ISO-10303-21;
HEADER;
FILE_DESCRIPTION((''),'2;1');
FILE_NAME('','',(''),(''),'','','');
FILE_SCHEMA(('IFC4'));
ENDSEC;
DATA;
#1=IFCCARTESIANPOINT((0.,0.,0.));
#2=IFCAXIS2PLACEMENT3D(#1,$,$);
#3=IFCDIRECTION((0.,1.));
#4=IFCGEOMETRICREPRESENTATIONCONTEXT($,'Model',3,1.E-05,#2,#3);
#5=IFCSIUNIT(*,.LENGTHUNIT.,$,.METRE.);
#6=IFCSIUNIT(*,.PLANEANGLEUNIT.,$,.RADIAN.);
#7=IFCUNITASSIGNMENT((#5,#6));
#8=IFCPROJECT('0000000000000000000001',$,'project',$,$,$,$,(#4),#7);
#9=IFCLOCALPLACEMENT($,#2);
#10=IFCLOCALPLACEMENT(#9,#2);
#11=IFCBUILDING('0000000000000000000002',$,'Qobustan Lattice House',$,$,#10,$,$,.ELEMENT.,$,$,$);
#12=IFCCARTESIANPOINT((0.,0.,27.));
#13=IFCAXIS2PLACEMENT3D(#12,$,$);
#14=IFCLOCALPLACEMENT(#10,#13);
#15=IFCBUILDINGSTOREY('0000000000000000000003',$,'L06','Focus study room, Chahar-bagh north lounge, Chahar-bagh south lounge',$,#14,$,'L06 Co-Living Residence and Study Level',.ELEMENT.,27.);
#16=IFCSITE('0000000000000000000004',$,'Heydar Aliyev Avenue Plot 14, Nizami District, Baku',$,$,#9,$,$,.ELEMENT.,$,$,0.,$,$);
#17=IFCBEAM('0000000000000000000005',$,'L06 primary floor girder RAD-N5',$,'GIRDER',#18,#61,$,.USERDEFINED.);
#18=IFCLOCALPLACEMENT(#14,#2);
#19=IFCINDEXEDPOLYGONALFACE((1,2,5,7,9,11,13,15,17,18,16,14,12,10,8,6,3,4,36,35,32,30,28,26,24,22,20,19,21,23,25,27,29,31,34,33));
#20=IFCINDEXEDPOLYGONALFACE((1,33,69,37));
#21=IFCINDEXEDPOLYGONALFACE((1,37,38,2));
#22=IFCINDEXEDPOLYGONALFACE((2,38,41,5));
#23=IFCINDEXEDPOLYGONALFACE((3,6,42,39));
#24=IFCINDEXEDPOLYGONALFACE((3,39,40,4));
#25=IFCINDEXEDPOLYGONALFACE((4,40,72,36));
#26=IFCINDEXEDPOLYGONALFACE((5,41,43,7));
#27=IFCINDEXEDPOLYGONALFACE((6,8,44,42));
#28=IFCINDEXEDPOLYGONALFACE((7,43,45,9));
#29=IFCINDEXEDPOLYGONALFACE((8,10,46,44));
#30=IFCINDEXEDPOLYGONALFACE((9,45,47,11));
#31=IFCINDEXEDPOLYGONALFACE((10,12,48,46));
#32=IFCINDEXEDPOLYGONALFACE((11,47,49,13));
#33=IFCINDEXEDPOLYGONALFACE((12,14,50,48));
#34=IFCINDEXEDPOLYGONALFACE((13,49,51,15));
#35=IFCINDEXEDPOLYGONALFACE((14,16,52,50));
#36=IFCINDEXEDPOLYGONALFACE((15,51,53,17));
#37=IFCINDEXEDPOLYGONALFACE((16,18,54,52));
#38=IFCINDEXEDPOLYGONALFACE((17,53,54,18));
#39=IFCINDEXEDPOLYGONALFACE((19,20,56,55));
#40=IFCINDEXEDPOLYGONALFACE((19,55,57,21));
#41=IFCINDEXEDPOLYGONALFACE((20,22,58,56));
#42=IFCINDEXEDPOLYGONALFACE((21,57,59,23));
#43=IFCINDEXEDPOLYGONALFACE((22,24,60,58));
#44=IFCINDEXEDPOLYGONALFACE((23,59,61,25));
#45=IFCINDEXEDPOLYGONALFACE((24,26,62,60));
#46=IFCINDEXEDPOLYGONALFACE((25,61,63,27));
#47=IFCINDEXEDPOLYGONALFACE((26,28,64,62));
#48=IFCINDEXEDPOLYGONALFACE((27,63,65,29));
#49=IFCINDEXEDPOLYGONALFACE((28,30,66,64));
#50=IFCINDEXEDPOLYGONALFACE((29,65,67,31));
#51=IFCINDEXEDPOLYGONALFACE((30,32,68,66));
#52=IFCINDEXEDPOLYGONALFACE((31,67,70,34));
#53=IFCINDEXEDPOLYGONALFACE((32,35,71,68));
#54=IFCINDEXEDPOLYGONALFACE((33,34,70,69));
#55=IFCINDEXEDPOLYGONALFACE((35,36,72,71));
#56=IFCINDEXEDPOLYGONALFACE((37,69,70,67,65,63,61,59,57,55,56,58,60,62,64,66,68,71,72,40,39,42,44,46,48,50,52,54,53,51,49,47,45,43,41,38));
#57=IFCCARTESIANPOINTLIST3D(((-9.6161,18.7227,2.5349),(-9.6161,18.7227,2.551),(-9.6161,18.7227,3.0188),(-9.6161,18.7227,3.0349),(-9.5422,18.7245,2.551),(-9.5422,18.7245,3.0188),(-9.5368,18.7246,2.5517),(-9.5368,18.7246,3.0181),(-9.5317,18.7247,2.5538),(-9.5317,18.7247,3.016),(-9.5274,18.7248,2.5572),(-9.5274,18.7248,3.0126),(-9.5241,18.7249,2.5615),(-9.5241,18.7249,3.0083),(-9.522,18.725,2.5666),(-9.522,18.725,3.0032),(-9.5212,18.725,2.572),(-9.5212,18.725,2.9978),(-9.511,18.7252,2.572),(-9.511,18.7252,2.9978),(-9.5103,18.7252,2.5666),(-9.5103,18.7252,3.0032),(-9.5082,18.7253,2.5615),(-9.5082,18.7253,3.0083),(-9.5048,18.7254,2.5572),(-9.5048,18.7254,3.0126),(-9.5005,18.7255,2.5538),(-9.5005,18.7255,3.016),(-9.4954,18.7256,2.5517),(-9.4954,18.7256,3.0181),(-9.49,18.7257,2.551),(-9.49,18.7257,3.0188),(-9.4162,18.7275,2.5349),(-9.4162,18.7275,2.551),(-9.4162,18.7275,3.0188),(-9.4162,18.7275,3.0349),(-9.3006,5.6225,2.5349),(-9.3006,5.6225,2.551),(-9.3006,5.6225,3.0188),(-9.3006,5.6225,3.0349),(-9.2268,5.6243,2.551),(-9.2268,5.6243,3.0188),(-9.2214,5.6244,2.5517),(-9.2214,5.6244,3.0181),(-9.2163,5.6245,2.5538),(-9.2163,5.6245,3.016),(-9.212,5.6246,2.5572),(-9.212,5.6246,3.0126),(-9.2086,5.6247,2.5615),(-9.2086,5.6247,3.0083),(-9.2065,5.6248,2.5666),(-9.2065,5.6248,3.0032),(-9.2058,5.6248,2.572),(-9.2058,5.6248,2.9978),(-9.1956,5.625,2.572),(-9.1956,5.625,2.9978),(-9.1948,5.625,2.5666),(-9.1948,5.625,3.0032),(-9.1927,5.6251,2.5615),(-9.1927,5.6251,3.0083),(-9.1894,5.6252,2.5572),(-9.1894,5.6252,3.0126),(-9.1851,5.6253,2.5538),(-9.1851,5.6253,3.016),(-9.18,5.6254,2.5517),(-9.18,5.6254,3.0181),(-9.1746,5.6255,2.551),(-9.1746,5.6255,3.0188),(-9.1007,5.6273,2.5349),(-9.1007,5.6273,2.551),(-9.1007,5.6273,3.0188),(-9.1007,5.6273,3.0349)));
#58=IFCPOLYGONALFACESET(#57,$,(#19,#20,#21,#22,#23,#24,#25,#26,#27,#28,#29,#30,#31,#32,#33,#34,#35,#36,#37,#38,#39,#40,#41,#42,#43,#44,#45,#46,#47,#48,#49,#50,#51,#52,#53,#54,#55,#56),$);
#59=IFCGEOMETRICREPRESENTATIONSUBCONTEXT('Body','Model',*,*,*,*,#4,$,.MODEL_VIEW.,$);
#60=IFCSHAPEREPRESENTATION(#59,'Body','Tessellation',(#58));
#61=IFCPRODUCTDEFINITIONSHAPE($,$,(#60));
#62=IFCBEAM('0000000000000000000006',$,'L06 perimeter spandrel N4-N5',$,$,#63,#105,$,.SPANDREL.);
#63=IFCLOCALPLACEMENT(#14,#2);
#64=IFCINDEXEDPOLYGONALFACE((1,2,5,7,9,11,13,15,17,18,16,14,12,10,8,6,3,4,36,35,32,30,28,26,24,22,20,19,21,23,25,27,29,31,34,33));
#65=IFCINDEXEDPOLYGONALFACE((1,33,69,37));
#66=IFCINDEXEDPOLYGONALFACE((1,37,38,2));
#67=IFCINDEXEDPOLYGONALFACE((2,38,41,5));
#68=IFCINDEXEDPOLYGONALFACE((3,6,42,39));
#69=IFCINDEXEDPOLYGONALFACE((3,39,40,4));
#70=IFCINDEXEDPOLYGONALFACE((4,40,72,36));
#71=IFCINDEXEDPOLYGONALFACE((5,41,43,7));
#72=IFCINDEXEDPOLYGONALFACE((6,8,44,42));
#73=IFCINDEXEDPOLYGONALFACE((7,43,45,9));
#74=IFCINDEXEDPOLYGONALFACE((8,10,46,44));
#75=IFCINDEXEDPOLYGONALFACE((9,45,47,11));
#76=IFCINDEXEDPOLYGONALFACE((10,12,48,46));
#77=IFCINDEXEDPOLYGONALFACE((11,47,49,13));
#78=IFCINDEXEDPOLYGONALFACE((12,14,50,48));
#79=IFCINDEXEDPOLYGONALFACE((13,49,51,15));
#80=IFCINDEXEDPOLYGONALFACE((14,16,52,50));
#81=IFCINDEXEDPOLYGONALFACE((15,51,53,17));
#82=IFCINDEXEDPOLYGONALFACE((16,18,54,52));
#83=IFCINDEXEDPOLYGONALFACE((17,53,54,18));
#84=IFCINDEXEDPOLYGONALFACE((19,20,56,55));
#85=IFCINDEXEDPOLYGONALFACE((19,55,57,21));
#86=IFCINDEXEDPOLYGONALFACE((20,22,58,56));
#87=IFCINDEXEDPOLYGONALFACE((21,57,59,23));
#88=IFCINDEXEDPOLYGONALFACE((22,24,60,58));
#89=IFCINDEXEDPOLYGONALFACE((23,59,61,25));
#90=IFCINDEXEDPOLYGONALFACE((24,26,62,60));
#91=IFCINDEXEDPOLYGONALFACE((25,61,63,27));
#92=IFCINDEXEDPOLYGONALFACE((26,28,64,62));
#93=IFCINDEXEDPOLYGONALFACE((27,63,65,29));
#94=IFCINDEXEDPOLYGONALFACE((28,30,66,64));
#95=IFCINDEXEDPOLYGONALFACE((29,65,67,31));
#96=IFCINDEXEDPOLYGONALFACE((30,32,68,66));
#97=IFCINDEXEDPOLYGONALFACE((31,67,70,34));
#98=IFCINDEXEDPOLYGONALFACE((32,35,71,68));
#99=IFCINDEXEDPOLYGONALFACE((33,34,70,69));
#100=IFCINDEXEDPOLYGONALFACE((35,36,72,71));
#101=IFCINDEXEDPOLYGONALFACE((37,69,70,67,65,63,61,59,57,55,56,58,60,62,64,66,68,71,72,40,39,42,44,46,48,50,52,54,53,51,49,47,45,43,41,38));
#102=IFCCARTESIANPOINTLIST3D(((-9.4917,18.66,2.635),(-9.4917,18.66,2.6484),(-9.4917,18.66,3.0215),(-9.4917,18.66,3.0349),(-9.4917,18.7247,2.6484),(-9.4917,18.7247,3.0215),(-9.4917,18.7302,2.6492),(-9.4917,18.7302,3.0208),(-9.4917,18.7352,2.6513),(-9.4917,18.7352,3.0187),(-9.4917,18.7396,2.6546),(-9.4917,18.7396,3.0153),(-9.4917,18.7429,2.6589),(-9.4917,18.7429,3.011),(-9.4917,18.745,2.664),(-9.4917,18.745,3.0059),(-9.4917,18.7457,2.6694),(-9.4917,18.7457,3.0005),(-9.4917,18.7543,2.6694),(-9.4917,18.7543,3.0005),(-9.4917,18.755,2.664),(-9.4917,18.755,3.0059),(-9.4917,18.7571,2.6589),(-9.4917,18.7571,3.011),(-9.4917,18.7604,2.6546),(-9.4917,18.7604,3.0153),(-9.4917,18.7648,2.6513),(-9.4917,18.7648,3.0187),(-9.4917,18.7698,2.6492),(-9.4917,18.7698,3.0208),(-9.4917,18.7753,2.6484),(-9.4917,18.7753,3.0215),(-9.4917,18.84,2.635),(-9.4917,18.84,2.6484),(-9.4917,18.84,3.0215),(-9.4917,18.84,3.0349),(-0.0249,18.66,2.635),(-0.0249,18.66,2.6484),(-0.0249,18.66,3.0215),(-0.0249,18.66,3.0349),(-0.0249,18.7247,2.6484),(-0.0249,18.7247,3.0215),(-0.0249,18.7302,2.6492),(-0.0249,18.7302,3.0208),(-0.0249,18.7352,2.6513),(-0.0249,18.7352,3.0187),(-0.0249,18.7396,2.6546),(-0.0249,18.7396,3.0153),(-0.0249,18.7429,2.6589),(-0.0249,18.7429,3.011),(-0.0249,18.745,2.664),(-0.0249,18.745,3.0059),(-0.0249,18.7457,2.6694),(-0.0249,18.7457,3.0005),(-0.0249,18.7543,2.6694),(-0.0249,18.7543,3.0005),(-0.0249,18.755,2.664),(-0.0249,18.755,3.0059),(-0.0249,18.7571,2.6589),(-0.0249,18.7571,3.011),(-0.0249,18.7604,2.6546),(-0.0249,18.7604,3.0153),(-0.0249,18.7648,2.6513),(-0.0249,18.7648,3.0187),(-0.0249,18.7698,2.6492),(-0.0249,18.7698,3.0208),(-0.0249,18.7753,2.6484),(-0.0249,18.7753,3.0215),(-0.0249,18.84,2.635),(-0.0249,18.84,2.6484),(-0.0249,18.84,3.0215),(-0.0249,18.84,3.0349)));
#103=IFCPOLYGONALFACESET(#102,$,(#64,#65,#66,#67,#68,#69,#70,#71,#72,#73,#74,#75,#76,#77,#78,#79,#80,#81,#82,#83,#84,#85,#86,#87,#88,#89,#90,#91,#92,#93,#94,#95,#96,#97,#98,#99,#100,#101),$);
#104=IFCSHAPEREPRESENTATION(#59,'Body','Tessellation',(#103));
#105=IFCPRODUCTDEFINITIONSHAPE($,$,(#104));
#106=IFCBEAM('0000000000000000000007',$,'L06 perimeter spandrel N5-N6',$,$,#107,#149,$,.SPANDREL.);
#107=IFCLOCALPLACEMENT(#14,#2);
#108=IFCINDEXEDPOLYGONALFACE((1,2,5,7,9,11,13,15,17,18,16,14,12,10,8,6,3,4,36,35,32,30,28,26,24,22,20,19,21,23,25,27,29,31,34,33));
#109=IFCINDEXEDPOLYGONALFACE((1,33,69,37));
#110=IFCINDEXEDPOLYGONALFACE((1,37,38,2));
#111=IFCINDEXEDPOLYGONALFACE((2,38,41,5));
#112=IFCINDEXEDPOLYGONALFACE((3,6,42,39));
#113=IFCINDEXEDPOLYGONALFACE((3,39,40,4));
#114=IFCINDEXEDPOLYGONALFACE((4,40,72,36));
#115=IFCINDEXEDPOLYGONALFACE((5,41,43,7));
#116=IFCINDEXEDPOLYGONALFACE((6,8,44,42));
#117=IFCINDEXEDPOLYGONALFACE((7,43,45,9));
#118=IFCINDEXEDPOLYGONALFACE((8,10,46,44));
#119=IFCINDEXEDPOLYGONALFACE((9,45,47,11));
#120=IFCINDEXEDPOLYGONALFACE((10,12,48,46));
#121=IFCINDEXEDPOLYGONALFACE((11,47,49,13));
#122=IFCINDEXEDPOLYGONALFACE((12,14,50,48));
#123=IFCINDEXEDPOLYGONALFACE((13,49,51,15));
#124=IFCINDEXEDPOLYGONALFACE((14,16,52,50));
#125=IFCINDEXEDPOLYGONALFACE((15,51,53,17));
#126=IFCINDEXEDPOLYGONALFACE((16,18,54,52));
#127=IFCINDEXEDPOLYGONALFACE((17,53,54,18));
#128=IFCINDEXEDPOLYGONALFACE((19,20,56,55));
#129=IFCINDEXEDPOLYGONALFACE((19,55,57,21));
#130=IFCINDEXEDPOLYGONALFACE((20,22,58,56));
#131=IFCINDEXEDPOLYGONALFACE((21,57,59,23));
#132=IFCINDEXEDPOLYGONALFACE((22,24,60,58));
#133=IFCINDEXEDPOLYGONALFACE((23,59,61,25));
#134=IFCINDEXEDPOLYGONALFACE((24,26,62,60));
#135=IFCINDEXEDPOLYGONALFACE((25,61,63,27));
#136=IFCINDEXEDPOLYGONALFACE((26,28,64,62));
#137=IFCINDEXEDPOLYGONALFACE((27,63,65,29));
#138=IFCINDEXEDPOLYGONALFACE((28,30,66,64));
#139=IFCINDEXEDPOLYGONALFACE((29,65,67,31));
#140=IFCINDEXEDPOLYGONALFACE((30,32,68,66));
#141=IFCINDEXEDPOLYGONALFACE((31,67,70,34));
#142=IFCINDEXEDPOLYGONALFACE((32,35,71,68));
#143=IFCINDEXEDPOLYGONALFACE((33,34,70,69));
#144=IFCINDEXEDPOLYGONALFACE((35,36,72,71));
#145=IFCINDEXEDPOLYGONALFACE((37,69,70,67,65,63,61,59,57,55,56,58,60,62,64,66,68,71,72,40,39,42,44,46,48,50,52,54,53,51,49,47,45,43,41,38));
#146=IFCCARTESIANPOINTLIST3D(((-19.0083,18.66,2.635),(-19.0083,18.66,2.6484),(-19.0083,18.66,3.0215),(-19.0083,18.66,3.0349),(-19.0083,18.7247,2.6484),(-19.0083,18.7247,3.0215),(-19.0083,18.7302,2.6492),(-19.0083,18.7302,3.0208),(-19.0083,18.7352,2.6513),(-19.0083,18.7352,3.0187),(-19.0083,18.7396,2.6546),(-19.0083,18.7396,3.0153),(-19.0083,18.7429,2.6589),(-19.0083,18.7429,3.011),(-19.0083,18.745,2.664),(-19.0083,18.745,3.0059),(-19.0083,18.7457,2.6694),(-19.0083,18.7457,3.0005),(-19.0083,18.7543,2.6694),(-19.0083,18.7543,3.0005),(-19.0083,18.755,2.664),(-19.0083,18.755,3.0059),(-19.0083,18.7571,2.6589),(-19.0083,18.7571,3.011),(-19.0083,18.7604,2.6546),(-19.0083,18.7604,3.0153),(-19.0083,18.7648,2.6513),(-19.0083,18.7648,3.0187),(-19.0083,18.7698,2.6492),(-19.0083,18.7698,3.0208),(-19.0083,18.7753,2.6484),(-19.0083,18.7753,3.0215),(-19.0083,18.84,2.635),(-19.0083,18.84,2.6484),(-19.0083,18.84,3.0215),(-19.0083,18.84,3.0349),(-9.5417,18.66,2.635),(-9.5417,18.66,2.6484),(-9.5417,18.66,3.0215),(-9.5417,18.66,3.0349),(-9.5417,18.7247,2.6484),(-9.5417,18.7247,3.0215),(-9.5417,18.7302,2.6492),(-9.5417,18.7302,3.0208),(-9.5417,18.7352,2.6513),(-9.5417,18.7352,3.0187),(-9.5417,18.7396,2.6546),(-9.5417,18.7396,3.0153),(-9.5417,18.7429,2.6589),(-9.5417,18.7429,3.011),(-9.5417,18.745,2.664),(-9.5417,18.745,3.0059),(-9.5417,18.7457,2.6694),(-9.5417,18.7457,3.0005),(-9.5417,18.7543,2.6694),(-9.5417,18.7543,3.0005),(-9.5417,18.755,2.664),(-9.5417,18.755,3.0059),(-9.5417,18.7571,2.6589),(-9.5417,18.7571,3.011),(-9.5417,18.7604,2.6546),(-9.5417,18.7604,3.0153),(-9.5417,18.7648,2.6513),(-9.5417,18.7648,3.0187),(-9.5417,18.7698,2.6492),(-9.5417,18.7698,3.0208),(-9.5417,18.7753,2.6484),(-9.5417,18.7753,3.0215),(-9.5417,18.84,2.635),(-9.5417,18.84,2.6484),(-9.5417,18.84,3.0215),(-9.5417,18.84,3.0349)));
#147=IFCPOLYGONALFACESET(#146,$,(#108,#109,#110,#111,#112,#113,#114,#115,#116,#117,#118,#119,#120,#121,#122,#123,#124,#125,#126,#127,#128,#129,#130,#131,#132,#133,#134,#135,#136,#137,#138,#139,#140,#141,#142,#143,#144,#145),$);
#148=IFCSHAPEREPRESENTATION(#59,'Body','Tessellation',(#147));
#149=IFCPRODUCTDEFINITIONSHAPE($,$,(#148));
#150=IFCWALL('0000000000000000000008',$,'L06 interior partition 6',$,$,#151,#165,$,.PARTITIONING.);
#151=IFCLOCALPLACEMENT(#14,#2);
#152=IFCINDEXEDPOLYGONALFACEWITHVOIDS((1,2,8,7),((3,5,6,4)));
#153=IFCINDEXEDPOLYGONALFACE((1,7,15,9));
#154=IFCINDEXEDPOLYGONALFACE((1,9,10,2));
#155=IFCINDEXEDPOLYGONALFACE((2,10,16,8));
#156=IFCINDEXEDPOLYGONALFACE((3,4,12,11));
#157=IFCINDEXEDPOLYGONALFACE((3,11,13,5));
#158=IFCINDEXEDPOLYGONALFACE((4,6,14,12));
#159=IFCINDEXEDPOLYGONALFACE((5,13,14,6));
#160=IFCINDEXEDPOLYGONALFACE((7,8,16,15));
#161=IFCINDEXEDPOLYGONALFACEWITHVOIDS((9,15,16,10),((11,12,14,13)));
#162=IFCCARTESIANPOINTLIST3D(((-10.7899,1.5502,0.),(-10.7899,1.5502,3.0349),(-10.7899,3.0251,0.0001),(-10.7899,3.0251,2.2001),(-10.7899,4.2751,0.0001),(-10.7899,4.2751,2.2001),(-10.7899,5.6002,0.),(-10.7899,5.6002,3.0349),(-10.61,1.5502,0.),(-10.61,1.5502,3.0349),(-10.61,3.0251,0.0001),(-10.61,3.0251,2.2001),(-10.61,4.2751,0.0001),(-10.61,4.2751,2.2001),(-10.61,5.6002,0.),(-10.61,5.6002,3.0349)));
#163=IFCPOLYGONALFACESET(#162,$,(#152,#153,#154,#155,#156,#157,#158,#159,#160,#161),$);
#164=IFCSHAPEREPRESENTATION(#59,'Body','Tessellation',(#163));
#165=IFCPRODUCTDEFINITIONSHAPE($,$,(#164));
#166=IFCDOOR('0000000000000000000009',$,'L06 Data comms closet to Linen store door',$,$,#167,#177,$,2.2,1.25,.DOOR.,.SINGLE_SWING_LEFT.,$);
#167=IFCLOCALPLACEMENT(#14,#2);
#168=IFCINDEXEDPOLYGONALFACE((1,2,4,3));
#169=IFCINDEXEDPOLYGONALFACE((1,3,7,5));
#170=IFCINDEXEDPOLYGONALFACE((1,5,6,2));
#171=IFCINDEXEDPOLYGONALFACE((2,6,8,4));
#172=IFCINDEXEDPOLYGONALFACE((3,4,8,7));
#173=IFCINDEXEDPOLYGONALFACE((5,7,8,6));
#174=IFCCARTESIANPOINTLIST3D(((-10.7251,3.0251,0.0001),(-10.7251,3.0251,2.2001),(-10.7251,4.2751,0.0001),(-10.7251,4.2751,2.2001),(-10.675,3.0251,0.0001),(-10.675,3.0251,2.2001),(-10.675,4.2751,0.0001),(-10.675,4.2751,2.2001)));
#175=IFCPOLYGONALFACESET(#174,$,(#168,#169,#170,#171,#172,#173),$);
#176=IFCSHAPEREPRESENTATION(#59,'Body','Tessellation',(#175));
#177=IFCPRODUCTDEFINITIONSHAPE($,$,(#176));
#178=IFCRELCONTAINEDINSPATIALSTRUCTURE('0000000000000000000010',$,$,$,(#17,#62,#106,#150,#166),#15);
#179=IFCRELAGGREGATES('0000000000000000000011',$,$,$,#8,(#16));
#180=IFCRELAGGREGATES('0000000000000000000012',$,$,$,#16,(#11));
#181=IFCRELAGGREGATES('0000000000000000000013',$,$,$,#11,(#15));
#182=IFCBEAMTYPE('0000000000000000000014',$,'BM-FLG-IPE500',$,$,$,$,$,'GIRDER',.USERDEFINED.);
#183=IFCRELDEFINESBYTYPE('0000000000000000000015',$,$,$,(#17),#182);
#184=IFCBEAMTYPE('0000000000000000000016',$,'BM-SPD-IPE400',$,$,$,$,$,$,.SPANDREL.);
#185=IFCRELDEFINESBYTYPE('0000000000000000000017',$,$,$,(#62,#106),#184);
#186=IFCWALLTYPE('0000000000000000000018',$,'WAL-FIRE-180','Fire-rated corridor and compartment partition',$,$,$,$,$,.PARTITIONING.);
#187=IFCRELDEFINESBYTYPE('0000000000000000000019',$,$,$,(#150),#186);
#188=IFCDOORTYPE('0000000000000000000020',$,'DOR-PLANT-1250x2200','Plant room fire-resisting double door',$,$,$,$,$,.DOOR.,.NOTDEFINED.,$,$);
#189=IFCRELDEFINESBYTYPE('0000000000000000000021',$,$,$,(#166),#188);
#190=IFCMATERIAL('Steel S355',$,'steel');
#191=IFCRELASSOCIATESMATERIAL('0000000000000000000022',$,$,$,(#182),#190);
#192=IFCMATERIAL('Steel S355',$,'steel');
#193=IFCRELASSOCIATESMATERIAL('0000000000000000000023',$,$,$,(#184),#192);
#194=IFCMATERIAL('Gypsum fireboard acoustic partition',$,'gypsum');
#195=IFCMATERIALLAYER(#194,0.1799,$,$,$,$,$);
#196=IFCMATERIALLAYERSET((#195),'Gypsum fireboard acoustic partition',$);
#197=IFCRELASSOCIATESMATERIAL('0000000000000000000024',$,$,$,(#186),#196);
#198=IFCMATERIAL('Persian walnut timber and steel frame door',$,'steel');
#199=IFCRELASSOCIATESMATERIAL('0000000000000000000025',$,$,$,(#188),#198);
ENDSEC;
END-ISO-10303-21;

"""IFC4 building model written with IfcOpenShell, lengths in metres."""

from ifc_helpers import new_model, si_unit, direction, frame, frame_2d, origin, origin_2d, place, context, subcontext, project, spatial, rectangle, i_section, extrude, material, layer, layer_set, material_profile, profile_set, type_object, element, fill, save


model = new_model("IFC4")

# Units and contexts
model_context = context("Model", 3, precision=1e-05, world=origin(), true_north=direction((0.0, 1.0)))
body_context = subcontext(model_context, "Body", "Model", "MODEL_VIEW")
ifc_project = project(units=[si_unit("LENGTHUNIT", "METRE"), si_unit("PLANEANGLEUNIT", "RADIAN")], contexts=[model_context])

# Site, building, storey
site_placement = place(None, origin())
site = spatial("IfcSite", under=ifc_project, at=site_placement, Name="Heydar Aliyev Avenue Plot 14, Nizami District, Baku", CompositionType="ELEMENT", RefElevation=0.0)
building_placement = place(site_placement, origin())
building = spatial("IfcBuilding", under=site, at=building_placement, Name="Qobustan Lattice House", CompositionType="ELEMENT")
storey_placement = place(building_placement, frame((0.0, 0.0, 27.0)))
storey = spatial("IfcBuildingStorey", under=building, at=storey_placement, Name="L06", Description="Focus study room, Chahar-bagh north lounge, Chahar-bagh south lounge", LongName="L06 Co-Living Residence and Study Level", CompositionType="ELEMENT", Elevation=27.0)

# Beams
ifc_material_1 = material(Name="Steel S355", Category="steel")
ifc_material_profile_1 = material_profile(ifc_material_1, i_section(OverallWidth=0.2, OverallDepth=0.5, WebThickness=0.0103, FlangeThickness=0.0161, FilletRadius=0.021, at=origin_2d()), Name="IPE500")
ifc_profile_set_1 = profile_set([ifc_material_profile_1], Name="Steel S355")
beam_type_1 = type_object("IfcBeamType", Name="BM-FLG-IPE500", ElementType="GIRDER", PredefinedType="USERDEFINED", material=ifc_profile_set_1)
beam_1_placement = place(storey_placement, frame((-9.5161, 18.7251, 2.7849), z_axis=(0.024071, -0.99971, 0.0), x_axis=(0.99971, 0.024071, 0.0)))
element("IfcBeam", 1, at=beam_1_placement, inside=storey, type_object=beam_type_1, Name="L06 primary floor girder RAD-N5", ObjectType="GIRDER", PredefinedType="USERDEFINED", context=body_context, shape_type="SweptSolid", body=[
    extrude(i_section(OverallWidth=0.2, OverallDepth=0.5, WebThickness=0.0103, FlangeThickness=0.0161, FilletRadius=0.021, at=origin_2d()), origin(), (0.0, 0.0, 1.0), 13.104),
])
ifc_material_2 = material(Name="Steel S355", Category="steel")
ifc_material_profile_2 = material_profile(ifc_material_2, i_section(OverallWidth=0.1799, OverallDepth=0.3999, WebThickness=0.0085, FlangeThickness=0.0134, FilletRadius=0.021, at=origin_2d()), Name="IPE400")
ifc_profile_set_2 = profile_set([ifc_material_profile_2], Name="Steel S355")
beam_type_2 = type_object("IfcBeamType", Name="BM-SPD-IPE400", PredefinedType="SPANDREL", material=ifc_profile_set_2)
beam_2_placement = place(storey_placement, frame((-0.0249, 18.75, 2.835), z_axis=(-1.0, 0.0, 0.0), x_axis=(0.0, -1.0, 0.0)))
element("IfcBeam", 2, at=beam_2_placement, inside=storey, type_object=beam_type_2, Name="L06 perimeter spandrel N4-N5", PredefinedType="SPANDREL", context=body_context, shape_type="SweptSolid", body=[
    extrude(i_section(OverallWidth=0.1799, OverallDepth=0.3999, WebThickness=0.0085, FlangeThickness=0.0134, FilletRadius=0.021, at=origin_2d()), origin(), (0.0, 0.0, 1.0), 9.4668),
])
beam_3_placement = place(storey_placement, frame((-9.5417, 18.75, 2.835), z_axis=(-1.0, 0.0, 0.0), x_axis=(0.0, -1.0, 0.0)))
element("IfcBeam", 3, at=beam_3_placement, inside=storey, type_object=beam_type_2, Name="L06 perimeter spandrel N5-N6", PredefinedType="SPANDREL", context=body_context, shape_type="SweptSolid", body=[
    extrude(i_section(OverallWidth=0.1799, OverallDepth=0.3999, WebThickness=0.0085, FlangeThickness=0.0134, FilletRadius=0.021, at=origin_2d()), origin(), (0.0, 0.0, 1.0), 9.4666),
])

# Wall, opening, door
ifc_material_3 = material(Name="Gypsum fireboard acoustic partition", Category="gypsum")
ifc_layer_1 = layer(ifc_material_3, 0.1799)
ifc_layer_set_1 = layer_set([ifc_layer_1], Name="Gypsum fireboard acoustic partition")
wall_type_1 = type_object("IfcWallType", Name="WAL-FIRE-180", Description="Fire-rated corridor and compartment partition", PredefinedType="PARTITIONING", material=ifc_layer_set_1)
wall_1_placement = place(storey_placement, frame((-10.7, 5.6001, 0.0), z_axis=(0.0, 0.0, 1.0), x_axis=(0.0, -1.0, 0.0)))
wall_1 = element("IfcWall", 4, at=wall_1_placement, inside=storey, type_object=wall_type_1, Name="L06 interior partition 6", PredefinedType="PARTITIONING", context=body_context, shape_type="SweptSolid", body=[
    extrude(rectangle(XDim=4.05, YDim=0.1799, at=frame_2d((2.0249, 0.0))), origin(), (0.0, 0.0, 1.0), 3.0349),
])
opening_1_placement = place(wall_1_placement, frame((1.325, 0.0, 0.0)))
opening_1 = element("IfcOpeningElement", 5, at=opening_1_placement, cuts=wall_1, PredefinedType="OPENING", context=body_context, shape_type="SweptSolid", body=[
    extrude(rectangle(XDim=1.25, YDim=2.2, at=frame_2d((0.625, 1.1001))), frame((0.0, 0.0999, 0.0), z_axis=(0.0, -1.0, 0.0), x_axis=(1.0, 0.0, 0.0)), (0.0, 0.0, 1.0), 0.2),
])
ifc_material_4 = material(Name="Persian walnut timber and steel frame door", Category="steel")
door_type_1 = type_object("IfcDoorType", Name="DOR-PLANT-1250x2200", Description="Plant room fire-resisting double door", OperationType="NOTDEFINED", PredefinedType="DOOR", material=ifc_material_4)
door_1_placement = place(opening_1_placement, origin())
door_1 = element("IfcDoor", 6, at=door_1_placement, inside=storey, type_object=door_type_1, Name="L06 Data comms closet to Linen store door", OperationType="SINGLE_SWING_LEFT", OverallHeight=2.2, OverallWidth=1.25, PredefinedType="DOOR", context=body_context, shape_type="SweptSolid", body=[
    extrude(rectangle(XDim=1.25, YDim=2.2, at=frame_2d((0.625, 1.1001))), frame((0.0, 0.0249, 0.0), z_axis=(0.0, -1.0, 0.0), x_axis=(1.0, 0.0, 0.0)), (0.0, 0.0, 1.0), 0.05),
])
fill(opening_1, door_1)

save(model, "model.ifc")
